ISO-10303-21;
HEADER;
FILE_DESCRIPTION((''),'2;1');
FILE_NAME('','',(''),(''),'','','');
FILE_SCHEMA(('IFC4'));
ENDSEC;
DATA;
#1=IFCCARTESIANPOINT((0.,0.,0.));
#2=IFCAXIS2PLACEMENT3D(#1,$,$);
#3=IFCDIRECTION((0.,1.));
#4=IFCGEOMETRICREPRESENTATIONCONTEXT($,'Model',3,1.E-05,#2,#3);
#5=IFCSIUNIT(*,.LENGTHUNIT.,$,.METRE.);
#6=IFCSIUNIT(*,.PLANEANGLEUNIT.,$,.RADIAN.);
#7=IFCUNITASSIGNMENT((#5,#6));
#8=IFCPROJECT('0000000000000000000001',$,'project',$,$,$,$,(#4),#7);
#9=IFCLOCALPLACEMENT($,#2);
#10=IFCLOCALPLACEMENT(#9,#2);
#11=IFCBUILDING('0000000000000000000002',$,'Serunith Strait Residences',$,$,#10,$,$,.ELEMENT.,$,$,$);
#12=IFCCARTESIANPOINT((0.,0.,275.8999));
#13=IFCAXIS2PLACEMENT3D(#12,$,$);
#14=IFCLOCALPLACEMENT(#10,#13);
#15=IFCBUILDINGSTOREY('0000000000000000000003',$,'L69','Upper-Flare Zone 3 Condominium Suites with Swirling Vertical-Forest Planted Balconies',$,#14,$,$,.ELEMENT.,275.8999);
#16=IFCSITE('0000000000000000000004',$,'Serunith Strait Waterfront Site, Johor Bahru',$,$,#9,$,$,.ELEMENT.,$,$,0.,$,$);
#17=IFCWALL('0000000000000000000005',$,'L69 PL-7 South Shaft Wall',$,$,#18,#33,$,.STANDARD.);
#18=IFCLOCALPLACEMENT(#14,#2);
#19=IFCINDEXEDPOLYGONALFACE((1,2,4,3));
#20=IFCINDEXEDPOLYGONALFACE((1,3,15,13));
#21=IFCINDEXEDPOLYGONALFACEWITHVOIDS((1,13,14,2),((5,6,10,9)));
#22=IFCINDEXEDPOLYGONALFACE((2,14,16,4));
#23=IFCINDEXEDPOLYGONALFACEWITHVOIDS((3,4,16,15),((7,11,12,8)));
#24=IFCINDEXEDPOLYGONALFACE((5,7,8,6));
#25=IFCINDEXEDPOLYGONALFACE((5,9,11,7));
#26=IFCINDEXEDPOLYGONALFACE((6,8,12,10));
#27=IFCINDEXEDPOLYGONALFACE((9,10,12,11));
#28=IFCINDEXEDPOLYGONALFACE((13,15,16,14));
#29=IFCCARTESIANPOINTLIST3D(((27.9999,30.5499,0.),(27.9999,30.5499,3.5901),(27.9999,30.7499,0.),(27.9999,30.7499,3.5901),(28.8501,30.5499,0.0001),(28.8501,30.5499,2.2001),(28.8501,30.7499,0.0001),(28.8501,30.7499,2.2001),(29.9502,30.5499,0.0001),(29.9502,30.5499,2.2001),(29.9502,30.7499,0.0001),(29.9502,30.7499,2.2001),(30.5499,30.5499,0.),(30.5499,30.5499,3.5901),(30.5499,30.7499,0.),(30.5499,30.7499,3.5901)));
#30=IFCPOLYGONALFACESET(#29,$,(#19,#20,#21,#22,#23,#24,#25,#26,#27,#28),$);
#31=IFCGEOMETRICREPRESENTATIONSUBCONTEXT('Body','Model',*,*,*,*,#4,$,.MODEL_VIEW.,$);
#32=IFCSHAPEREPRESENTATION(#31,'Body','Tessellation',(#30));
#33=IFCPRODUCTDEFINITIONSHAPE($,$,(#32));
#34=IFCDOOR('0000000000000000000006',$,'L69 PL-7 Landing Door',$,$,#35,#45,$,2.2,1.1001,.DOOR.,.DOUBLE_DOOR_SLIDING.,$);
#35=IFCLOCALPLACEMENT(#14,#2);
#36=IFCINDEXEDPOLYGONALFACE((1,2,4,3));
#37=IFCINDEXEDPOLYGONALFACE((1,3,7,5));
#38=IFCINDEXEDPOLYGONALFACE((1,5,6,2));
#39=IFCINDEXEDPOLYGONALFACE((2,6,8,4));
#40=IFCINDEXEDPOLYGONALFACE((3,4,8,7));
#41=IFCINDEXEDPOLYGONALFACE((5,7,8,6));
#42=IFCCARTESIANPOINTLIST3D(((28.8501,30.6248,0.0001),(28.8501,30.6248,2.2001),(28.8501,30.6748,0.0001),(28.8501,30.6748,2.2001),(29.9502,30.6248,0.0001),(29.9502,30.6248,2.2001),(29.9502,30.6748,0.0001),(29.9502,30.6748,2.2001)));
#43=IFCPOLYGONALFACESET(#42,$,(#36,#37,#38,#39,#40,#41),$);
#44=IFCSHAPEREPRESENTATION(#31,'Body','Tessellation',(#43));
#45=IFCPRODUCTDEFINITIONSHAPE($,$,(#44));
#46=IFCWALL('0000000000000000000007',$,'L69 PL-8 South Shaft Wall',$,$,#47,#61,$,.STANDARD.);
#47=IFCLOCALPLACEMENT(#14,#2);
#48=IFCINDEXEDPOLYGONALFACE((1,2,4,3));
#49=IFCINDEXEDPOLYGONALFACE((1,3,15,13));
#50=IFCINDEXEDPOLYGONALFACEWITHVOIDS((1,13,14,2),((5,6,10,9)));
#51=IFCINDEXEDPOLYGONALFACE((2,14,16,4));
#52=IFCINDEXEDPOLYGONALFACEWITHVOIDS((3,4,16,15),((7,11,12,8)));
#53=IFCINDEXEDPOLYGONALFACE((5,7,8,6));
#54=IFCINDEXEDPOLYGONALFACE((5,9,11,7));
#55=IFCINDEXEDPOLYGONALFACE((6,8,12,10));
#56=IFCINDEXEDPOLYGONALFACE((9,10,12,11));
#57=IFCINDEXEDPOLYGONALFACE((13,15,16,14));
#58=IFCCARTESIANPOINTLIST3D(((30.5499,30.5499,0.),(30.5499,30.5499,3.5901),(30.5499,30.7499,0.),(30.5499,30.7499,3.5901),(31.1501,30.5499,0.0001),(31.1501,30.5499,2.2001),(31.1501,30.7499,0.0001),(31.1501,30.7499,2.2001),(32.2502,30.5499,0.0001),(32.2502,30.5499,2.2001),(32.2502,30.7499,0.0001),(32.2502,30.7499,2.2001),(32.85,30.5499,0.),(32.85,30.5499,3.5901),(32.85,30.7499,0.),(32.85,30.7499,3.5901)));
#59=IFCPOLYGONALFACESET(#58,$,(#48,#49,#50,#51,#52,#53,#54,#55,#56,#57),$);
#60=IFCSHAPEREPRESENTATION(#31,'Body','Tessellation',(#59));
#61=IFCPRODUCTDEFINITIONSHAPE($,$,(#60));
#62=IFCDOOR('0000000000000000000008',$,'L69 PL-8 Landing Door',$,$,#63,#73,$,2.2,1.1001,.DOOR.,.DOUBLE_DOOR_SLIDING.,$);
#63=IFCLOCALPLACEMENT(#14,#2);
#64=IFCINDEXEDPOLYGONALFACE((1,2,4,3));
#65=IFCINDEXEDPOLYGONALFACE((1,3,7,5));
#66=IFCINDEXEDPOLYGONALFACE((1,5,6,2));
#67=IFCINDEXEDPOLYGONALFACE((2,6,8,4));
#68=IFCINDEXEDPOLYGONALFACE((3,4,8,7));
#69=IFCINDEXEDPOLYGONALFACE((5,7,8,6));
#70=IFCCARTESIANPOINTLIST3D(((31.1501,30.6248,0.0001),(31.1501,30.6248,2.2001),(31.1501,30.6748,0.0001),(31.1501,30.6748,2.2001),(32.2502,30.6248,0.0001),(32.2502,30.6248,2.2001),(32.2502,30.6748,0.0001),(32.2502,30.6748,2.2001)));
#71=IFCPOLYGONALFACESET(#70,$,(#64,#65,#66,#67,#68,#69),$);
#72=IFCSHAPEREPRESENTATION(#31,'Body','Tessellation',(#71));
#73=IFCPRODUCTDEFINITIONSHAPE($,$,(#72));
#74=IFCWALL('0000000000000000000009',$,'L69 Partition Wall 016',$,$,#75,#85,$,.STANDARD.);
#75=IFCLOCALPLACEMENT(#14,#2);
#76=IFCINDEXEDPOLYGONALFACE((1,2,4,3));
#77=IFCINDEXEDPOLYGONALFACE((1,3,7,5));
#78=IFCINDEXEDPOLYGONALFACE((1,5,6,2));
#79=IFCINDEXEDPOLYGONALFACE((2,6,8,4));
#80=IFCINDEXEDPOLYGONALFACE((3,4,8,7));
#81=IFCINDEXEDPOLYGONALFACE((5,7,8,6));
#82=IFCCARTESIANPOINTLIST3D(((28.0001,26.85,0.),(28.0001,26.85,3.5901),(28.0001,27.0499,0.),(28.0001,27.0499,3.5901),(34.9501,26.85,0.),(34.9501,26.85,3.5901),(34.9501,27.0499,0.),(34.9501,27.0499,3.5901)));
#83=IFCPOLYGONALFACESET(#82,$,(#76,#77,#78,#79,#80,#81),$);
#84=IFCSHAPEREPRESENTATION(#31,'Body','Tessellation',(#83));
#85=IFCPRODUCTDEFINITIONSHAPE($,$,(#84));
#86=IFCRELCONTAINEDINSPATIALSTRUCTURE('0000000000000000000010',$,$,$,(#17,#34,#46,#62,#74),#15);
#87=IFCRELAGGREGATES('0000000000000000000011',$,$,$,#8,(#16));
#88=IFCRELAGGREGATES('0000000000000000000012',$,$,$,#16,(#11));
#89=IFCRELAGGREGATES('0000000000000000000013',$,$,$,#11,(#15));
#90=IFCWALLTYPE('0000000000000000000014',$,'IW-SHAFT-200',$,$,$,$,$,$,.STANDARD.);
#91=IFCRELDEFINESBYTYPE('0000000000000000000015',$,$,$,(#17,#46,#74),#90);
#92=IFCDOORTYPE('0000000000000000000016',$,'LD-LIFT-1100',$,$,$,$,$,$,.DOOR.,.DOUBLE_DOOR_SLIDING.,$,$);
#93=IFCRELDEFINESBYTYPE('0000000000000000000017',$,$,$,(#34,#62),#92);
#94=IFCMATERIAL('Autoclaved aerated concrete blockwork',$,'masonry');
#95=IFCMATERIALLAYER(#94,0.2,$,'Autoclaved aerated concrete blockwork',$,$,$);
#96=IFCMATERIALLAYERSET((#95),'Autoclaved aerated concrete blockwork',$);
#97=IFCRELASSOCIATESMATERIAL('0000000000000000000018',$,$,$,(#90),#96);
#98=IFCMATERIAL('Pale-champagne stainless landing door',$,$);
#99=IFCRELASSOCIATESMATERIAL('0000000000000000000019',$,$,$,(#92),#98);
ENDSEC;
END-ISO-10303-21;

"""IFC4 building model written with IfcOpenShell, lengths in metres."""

from ifc_helpers import new_model, si_unit, direction, frame, frame_2d, origin, place, context, subcontext, project, spatial, rectangle, extrude, source, transform, mapped, material, layer, layer_set, type_object, element, fill, save


model = new_model("IFC4")

# Units and contexts
model_context = context("Model", 3, precision=1e-05, world=origin(), true_north=direction((0.0, 1.0)))
body_context = subcontext(model_context, "Body", "Model", "MODEL_VIEW")
ifc_project = project(units=[si_unit("LENGTHUNIT", "METRE"), si_unit("PLANEANGLEUNIT", "RADIAN")], contexts=[model_context])

# Site, building, storey
site_placement = place(None, origin())
site = spatial("IfcSite", under=ifc_project, at=site_placement, Name="Serunith Strait Waterfront Site, Johor Bahru", CompositionType="ELEMENT", RefElevation=0.0)
building_placement = place(site_placement, origin())
building = spatial("IfcBuilding", under=site, at=building_placement, Name="Serunith Strait Residences", CompositionType="ELEMENT")
storey_placement = place(building_placement, frame((0.0, 0.0, 275.8999)))
storey = spatial("IfcBuildingStorey", under=building, at=storey_placement, Name="L69", Description="Upper-Flare Zone 3 Condominium Suites with Swirling Vertical-Forest Planted Balconies", CompositionType="ELEMENT", Elevation=275.8999)

# Walls, openings, doors
ifc_material_1 = material(Name="Autoclaved aerated concrete blockwork", Category="masonry")
ifc_layer_1 = layer(ifc_material_1, 0.2, Name="Autoclaved aerated concrete blockwork")
ifc_layer_set_1 = layer_set([ifc_layer_1], Name="Autoclaved aerated concrete blockwork")
wall_type_1 = type_object("IfcWallType", Name="IW-SHAFT-200", PredefinedType="STANDARD", material=ifc_layer_set_1)
wall_1_placement = place(storey_placement, frame((28.0, 30.6499, 0.0), z_axis=(0.0, 0.0, 1.0), x_axis=(1.0, 0.0, 0.0)))
wall_1 = element("IfcWall", 1, at=wall_1_placement, inside=storey, type_object=wall_type_1, Name="L69 PL-7 South Shaft Wall", PredefinedType="STANDARD", context=body_context, shape_type="SweptSolid", body=[
    extrude(rectangle(XDim=2.55, YDim=0.2, at=frame_2d((1.2749, 0.0))), origin(), (0.0, 0.0, 1.0), 3.5901),
])
opening_1_placement = place(wall_1_placement, frame((0.8501, 0.0, 0.0)))
opening_1 = element("IfcOpeningElement", 2, at=opening_1_placement, cuts=wall_1, PredefinedType="OPENING", context=body_context, shape_type="SweptSolid", body=[
    extrude(rectangle(XDim=1.1001, YDim=2.2, at=frame_2d((0.55, 1.1001))), frame((0.0, 0.1099, 0.0), z_axis=(0.0, -1.0, 0.0), x_axis=(1.0, 0.0, 0.0)), (0.0, 0.0, 1.0), 0.22),
])
ifc_material_2 = material(Name="Pale-champagne stainless landing door")
door_type_1 = type_object("IfcDoorType", Name="LD-LIFT-1100", OperationType="DOUBLE_DOOR_SLIDING", PredefinedType="DOOR", material=ifc_material_2)
shared_shape_1 = source(origin(), body_context, "Body", "SweptSolid", [
    extrude(rectangle(XDim=1.1001, YDim=2.2, at=frame_2d((0.55, 1.1001))), frame((0.0, 0.0249, 0.0), z_axis=(0.0, -1.0, 0.0), x_axis=(1.0, 0.0, 0.0)), (0.0, 0.0, 1.0), 0.05),
])
door_1_placement = place(opening_1_placement, origin())
door_1 = element("IfcDoor", 3, at=door_1_placement, inside=storey, type_object=door_type_1, Name="L69 PL-7 Landing Door", OperationType="DOUBLE_DOOR_SLIDING", OverallHeight=2.2, OverallWidth=1.1001, PredefinedType="DOOR", context=body_context, shape_type="MappedRepresentation", body=[
    mapped(shared_shape_1, transform((0.0, 0.0, 0.0), scale=1.0)),
])
fill(opening_1, door_1)
wall_2_placement = place(storey_placement, frame((30.55, 30.6499, 0.0), z_axis=(0.0, 0.0, 1.0), x_axis=(1.0, 0.0, 0.0)))
wall_2 = element("IfcWall", 4, at=wall_2_placement, inside=storey, type_object=wall_type_1, Name="L69 PL-8 South Shaft Wall", PredefinedType="STANDARD", context=body_context, shape_type="SweptSolid", body=[
    extrude(rectangle(XDim=2.3, YDim=0.2, at=frame_2d((1.1499, 0.0))), origin(), (0.0, 0.0, 1.0), 3.5901),
])
opening_2_placement = place(wall_2_placement, frame((0.6001, 0.0, 0.0)))
opening_2 = element("IfcOpeningElement", 5, at=opening_2_placement, cuts=wall_2, PredefinedType="OPENING", context=body_context, shape_type="SweptSolid", body=[
    extrude(rectangle(XDim=1.1001, YDim=2.2, at=frame_2d((0.55, 1.1001))), frame((0.0, 0.1099, 0.0), z_axis=(0.0, -1.0, 0.0), x_axis=(1.0, 0.0, 0.0)), (0.0, 0.0, 1.0), 0.22),
])
door_2_placement = place(opening_2_placement, origin())
door_2 = element("IfcDoor", 6, at=door_2_placement, inside=storey, type_object=door_type_1, Name="L69 PL-8 Landing Door", OperationType="DOUBLE_DOOR_SLIDING", OverallHeight=2.2, OverallWidth=1.1001, PredefinedType="DOOR", context=body_context, shape_type="MappedRepresentation", body=[
    mapped(shared_shape_1, transform((0.0, 0.0, 0.0), scale=1.0)),
])
fill(opening_2, door_2)

# Wall
wall_3_placement = place(storey_placement, frame((28.0, 26.95, 0.0), z_axis=(0.0, 0.0, 1.0), x_axis=(1.0, 0.0, 0.0)))
element("IfcWall", 7, at=wall_3_placement, inside=storey, type_object=wall_type_1, Name="L69 Partition Wall 016", PredefinedType="STANDARD", context=body_context, shape_type="SweptSolid", body=[
    extrude(rectangle(XDim=6.95, YDim=0.2, at=frame_2d((3.4751, 0.0))), origin(), (0.0, 0.0, 1.0), 3.5901),
])

save(model, "model.ifc")
